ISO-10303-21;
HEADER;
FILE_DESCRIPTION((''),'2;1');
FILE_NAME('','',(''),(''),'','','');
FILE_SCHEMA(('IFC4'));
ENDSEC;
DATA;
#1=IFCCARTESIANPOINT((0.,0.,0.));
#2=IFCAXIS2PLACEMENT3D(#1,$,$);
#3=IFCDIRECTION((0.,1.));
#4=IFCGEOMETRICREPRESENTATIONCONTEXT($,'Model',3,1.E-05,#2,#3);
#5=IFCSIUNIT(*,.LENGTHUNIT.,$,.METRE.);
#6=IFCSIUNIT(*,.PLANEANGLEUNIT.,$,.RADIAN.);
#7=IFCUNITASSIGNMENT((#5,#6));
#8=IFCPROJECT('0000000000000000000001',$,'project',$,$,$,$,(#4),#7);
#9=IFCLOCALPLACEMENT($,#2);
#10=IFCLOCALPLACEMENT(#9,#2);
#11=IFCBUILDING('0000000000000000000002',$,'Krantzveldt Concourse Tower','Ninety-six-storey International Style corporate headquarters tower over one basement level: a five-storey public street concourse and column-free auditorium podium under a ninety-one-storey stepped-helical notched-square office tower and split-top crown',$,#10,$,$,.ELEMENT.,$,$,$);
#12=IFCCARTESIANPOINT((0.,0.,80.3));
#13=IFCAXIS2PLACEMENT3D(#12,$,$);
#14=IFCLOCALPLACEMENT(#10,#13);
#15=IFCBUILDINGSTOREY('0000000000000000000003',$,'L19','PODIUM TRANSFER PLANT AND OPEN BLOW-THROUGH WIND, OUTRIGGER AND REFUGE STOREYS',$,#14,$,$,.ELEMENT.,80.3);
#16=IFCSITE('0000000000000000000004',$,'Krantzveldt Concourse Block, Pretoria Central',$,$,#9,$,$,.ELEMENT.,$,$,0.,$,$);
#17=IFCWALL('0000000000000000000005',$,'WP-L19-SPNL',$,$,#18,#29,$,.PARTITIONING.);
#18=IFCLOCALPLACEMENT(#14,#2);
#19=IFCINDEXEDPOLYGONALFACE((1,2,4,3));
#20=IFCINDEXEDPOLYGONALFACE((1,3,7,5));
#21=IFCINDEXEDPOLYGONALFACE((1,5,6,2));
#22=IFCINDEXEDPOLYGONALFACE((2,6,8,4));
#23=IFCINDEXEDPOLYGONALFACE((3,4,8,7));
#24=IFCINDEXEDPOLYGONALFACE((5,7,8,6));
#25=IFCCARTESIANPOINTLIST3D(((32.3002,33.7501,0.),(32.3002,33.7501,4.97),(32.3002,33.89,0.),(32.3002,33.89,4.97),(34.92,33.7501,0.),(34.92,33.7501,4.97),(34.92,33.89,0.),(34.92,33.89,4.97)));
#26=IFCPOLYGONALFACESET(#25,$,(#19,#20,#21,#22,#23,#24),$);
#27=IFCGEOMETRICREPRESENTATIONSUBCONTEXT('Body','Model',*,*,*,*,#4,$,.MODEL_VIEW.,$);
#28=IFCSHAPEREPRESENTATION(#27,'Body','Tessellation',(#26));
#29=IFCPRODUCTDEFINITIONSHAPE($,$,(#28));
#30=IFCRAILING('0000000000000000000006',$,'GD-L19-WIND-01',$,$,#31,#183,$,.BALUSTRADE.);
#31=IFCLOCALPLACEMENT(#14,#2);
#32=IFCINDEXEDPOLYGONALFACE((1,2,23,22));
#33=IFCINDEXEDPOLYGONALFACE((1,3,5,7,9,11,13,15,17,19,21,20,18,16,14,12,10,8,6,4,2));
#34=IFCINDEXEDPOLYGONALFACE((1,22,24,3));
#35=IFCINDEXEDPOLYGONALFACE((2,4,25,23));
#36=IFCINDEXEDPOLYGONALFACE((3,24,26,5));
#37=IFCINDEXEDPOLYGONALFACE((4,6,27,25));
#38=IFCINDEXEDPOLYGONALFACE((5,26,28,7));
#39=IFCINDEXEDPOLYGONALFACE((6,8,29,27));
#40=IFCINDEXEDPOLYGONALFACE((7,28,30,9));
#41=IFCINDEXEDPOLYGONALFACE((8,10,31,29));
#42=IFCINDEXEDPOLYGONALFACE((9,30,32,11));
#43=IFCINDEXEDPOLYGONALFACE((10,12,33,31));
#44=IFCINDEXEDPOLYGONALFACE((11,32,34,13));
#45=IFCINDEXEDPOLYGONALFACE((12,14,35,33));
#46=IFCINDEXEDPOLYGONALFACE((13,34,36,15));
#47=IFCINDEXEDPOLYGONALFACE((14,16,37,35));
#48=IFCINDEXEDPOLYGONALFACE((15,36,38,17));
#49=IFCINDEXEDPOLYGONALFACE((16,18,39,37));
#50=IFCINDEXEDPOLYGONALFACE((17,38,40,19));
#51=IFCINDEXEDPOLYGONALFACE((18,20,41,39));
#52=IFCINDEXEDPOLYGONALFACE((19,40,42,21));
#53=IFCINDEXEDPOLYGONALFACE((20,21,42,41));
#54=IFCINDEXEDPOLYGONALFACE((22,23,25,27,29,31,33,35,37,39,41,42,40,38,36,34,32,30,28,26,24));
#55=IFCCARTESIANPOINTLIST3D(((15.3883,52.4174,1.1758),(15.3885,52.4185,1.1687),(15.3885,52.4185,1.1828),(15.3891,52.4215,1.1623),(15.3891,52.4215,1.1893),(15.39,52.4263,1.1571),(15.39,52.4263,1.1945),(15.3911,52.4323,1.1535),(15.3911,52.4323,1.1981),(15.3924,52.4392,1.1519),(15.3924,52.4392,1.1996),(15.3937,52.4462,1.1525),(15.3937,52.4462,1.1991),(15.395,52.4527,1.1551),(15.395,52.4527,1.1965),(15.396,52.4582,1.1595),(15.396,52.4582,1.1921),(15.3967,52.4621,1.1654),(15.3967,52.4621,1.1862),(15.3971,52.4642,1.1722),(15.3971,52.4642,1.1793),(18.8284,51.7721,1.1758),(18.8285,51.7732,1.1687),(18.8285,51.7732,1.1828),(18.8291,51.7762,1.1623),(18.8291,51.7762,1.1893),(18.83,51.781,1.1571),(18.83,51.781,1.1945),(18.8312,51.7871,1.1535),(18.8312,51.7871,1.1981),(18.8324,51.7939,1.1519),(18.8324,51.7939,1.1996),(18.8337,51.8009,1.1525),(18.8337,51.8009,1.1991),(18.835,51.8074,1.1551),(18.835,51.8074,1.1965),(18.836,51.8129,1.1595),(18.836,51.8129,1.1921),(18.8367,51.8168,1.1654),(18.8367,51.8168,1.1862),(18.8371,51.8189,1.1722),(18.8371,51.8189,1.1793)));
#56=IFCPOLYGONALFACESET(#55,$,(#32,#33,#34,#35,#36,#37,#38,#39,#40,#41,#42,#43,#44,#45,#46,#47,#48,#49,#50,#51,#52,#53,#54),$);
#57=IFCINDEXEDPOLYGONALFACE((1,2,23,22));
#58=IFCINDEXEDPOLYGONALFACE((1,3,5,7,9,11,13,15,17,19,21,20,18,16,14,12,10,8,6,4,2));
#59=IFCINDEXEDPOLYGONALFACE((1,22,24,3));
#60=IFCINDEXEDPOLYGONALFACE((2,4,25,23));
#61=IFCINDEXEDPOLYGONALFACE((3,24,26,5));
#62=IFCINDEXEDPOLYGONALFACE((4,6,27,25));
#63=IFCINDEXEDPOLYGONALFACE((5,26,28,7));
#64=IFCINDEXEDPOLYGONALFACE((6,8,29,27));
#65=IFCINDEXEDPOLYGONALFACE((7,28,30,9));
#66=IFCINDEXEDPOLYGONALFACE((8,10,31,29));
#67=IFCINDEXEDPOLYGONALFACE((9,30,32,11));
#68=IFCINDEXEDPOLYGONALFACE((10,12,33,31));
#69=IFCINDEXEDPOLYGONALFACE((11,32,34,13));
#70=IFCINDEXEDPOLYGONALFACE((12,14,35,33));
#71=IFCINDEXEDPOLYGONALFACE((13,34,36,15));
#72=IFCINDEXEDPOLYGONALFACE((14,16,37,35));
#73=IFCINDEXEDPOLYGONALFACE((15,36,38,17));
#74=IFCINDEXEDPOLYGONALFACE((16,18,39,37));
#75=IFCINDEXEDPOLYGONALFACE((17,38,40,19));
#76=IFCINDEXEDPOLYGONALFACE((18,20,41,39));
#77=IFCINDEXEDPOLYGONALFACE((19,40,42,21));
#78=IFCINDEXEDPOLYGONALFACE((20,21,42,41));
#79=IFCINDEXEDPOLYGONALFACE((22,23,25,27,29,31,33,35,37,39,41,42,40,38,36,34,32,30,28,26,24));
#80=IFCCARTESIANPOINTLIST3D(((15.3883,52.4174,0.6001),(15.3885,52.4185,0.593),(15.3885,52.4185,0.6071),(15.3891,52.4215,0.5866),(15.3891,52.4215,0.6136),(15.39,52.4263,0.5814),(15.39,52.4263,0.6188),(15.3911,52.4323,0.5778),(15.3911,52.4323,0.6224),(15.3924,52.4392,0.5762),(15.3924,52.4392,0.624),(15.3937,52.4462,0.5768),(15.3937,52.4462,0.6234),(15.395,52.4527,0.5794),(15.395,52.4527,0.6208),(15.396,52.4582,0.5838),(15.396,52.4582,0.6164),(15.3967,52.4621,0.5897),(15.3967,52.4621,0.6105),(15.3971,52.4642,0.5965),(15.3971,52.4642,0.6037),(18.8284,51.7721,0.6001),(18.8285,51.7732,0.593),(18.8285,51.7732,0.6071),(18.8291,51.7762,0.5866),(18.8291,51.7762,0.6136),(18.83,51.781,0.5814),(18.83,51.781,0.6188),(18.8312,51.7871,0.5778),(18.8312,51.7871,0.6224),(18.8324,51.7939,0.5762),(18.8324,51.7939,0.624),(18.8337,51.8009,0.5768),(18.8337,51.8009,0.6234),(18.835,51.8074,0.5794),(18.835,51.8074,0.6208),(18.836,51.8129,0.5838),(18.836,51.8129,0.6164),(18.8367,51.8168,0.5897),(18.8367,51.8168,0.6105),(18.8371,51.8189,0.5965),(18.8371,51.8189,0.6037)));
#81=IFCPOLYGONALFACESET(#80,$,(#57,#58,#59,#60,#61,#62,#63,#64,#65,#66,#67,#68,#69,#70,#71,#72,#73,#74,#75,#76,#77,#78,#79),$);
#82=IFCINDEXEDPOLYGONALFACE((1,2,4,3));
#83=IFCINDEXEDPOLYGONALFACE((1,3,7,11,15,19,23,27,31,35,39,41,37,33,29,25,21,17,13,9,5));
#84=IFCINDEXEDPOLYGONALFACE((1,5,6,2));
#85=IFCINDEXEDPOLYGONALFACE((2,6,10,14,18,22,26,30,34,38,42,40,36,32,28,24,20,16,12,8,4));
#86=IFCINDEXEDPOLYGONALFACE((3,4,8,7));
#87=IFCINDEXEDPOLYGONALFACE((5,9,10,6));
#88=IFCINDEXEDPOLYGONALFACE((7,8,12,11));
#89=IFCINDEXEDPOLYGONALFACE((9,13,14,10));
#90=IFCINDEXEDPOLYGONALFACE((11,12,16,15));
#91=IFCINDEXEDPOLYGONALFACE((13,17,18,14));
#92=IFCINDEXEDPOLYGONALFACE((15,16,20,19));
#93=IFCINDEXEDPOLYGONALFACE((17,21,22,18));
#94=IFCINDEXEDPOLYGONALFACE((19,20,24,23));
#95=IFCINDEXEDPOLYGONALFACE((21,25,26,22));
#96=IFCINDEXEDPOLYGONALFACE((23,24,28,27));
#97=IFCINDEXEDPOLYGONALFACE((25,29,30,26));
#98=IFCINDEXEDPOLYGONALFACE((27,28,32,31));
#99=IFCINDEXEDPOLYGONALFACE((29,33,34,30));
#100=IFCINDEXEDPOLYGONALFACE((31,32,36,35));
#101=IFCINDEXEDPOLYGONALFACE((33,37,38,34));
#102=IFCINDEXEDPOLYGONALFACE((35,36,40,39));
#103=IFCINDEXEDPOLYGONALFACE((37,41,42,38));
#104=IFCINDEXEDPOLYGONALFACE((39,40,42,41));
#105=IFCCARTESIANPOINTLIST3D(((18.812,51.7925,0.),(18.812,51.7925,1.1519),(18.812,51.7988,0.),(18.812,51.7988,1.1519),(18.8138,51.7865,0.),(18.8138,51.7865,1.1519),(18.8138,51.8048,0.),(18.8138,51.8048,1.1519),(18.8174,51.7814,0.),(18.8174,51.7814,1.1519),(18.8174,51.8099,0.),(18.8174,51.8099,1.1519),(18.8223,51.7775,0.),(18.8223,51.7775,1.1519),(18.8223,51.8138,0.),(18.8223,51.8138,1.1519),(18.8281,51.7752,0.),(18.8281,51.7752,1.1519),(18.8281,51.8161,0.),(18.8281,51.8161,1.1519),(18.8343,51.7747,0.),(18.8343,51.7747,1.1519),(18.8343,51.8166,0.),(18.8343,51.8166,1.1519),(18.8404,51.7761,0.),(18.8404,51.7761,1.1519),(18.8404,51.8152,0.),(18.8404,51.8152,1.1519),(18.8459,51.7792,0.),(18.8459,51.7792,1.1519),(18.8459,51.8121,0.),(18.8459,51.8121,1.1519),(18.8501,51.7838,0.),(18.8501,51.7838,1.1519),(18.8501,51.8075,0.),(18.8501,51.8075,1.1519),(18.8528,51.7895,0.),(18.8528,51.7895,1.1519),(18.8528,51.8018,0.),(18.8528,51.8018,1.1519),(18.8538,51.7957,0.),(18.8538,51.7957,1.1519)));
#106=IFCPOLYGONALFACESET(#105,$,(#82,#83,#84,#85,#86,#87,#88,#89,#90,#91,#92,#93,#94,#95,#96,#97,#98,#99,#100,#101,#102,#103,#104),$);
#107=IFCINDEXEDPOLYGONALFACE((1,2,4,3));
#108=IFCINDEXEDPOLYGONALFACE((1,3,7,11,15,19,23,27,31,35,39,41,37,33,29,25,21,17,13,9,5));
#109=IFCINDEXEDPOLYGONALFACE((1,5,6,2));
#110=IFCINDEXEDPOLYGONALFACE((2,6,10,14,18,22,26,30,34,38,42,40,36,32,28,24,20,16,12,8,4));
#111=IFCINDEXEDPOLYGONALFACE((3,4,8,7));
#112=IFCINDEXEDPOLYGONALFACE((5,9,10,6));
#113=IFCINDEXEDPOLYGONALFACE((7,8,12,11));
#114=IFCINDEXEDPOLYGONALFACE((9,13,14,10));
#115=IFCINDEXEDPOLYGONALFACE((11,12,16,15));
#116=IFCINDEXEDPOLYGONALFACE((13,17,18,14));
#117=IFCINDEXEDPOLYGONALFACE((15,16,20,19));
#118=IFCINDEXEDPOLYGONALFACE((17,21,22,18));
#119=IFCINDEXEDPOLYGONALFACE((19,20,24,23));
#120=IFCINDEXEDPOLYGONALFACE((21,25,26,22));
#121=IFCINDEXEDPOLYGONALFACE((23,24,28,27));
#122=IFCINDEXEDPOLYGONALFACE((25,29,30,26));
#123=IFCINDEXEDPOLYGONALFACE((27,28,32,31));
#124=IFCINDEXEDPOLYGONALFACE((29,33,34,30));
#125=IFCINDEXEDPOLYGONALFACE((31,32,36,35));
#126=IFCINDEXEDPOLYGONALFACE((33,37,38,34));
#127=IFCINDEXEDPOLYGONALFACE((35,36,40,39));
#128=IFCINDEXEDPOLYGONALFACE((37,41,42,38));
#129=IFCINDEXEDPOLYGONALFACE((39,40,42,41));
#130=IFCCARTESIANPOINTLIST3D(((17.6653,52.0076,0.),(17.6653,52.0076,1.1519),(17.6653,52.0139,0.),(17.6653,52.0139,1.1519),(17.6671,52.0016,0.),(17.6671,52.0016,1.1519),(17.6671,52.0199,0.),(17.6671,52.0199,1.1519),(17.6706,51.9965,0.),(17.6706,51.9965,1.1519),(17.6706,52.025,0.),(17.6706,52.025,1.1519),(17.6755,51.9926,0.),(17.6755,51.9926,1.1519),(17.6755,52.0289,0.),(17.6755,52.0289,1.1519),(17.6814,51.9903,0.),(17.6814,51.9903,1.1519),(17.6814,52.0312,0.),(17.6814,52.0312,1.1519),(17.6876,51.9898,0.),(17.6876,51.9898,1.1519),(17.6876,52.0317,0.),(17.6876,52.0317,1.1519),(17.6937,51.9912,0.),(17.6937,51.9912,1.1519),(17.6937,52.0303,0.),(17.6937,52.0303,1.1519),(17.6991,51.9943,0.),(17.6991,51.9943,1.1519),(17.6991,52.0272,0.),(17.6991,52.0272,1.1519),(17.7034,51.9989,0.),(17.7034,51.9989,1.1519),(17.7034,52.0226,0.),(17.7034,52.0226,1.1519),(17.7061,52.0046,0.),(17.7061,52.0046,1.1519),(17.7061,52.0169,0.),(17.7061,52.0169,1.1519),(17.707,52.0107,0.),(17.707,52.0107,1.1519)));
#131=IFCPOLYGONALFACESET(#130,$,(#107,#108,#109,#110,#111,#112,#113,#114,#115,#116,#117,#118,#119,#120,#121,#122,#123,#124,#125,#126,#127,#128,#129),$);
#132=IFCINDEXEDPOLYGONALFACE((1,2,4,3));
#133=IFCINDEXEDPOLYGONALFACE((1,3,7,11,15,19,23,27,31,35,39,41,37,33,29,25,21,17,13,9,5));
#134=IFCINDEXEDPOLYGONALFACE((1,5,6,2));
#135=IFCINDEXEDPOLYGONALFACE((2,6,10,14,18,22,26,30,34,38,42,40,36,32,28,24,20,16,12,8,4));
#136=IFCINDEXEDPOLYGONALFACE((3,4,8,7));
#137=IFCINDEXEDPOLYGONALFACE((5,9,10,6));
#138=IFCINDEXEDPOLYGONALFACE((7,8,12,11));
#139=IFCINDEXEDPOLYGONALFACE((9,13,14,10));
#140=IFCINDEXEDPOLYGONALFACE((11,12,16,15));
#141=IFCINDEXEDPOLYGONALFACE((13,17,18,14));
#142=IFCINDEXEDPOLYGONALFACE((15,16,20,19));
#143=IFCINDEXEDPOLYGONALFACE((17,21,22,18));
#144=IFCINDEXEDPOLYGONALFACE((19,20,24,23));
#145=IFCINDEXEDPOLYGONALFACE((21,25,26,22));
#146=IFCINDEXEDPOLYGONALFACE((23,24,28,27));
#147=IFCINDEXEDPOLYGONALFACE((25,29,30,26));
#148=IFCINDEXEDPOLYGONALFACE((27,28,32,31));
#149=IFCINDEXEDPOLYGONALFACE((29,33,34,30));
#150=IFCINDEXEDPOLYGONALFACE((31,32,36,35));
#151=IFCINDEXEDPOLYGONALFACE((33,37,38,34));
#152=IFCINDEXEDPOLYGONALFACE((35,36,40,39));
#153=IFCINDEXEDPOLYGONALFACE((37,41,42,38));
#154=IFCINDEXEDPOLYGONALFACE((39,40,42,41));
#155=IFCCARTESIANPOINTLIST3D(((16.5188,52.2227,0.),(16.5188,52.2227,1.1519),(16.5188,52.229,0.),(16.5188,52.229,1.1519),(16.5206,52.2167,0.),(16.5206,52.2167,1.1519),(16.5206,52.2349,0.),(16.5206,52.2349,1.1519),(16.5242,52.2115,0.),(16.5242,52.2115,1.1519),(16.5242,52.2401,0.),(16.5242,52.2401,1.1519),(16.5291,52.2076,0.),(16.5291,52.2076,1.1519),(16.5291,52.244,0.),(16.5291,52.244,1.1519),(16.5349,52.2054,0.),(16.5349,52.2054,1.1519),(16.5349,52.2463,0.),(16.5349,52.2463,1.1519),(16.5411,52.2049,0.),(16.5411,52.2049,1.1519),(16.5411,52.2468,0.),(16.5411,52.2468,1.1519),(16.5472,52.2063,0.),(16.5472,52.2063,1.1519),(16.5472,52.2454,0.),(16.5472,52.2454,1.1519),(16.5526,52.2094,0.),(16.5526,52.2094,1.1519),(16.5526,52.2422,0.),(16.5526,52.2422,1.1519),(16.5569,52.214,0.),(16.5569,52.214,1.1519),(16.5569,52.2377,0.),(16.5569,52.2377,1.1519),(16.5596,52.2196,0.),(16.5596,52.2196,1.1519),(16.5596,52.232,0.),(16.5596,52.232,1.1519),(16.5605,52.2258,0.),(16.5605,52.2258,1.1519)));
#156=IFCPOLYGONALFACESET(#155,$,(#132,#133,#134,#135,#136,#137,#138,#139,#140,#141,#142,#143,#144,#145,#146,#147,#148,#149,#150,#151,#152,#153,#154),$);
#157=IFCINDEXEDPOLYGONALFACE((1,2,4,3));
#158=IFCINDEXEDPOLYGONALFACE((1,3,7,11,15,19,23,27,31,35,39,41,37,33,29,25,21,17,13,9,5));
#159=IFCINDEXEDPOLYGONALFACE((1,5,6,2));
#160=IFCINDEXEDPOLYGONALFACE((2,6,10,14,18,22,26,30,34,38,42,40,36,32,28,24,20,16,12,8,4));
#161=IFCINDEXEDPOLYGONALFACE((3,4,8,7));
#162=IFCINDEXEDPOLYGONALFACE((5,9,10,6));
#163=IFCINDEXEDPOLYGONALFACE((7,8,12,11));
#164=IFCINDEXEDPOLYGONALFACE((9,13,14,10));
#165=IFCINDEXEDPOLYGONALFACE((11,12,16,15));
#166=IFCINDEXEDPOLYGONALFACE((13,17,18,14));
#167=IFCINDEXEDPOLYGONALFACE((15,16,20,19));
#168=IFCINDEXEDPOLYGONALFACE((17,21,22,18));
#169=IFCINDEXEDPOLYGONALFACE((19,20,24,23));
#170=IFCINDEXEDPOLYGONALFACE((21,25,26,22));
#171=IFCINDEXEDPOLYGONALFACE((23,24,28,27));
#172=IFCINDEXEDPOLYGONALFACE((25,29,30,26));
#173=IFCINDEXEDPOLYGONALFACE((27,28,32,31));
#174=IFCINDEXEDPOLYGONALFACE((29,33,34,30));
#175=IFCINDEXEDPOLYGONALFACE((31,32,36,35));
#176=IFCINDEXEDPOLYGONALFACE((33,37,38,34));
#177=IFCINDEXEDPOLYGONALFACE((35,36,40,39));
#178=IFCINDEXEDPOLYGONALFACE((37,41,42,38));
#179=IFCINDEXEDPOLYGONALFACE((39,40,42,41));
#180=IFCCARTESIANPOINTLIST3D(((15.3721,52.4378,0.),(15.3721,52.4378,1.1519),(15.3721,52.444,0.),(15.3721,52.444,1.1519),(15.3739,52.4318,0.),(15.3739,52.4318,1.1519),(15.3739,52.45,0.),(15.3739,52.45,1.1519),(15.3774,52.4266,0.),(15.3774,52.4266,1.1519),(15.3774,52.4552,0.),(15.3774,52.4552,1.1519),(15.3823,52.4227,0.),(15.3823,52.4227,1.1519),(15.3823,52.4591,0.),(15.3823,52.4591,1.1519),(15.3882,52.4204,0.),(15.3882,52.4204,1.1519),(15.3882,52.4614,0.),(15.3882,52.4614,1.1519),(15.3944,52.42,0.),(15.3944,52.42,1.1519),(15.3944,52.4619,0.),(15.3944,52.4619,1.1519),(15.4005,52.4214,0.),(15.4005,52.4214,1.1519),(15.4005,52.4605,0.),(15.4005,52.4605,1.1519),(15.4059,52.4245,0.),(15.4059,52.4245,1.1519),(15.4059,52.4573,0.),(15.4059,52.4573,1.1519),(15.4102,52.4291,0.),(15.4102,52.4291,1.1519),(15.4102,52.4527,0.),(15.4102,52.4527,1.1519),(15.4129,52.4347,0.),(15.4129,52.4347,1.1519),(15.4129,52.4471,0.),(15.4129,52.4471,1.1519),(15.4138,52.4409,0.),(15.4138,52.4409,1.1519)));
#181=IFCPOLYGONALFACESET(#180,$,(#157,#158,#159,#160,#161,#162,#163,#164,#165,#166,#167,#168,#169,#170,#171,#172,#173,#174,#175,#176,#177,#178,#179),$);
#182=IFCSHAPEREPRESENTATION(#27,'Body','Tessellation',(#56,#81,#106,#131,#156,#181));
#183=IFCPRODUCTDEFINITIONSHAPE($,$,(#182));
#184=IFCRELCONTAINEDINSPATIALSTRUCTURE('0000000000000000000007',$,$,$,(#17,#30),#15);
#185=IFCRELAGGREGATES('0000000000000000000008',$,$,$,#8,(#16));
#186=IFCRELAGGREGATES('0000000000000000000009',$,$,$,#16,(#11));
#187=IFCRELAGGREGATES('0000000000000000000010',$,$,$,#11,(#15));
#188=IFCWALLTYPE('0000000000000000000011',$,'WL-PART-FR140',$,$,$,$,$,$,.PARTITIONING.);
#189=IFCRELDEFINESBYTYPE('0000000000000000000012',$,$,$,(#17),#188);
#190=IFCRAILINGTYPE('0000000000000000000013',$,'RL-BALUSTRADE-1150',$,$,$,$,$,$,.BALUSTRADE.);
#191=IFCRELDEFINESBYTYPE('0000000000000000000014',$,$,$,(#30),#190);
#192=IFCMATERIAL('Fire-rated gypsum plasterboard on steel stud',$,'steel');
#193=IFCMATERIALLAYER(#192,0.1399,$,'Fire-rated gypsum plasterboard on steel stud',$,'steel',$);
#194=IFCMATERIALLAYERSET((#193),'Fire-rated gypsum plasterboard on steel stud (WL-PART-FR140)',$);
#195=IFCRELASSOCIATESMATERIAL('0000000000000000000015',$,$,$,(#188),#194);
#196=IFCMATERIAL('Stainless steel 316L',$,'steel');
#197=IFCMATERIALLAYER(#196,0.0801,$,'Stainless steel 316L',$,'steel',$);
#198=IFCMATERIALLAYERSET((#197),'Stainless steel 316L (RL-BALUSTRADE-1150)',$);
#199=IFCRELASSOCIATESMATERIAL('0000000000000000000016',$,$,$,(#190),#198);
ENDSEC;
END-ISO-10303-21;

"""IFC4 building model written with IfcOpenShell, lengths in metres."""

from ifc_helpers import new_model, si_unit, direction, frame, frame_2d, origin, origin_2d, place, context, subcontext, project, spatial, rectangle, circle, extrude, material, layer, layer_set, type_object, element, save


model = new_model("IFC4")

# Units and contexts
model_context = context("Model", 3, precision=1e-05, world=origin(), true_north=direction((0.0, 1.0)))
body_context = subcontext(model_context, "Body", "Model", "MODEL_VIEW")
ifc_project = project(units=[si_unit("LENGTHUNIT", "METRE"), si_unit("PLANEANGLEUNIT", "RADIAN")], contexts=[model_context])

# Site, building, storey
site_placement = place(None, origin())
site = spatial("IfcSite", under=ifc_project, at=site_placement, Name="Krantzveldt Concourse Block, Pretoria Central", CompositionType="ELEMENT", RefElevation=0.0)
building_placement = place(site_placement, origin())
building = spatial("IfcBuilding", under=site, at=building_placement, Name="Krantzveldt Concourse Tower", Description="Ninety-six-storey International Style corporate headquarters tower over one basement level: a five-storey public street concourse and column-free auditorium podium under a ninety-one-storey stepped-helical notched-square office tower and split-top crown", CompositionType="ELEMENT")
storey_placement = place(building_placement, frame((0.0, 0.0, 80.3)))
storey = spatial("IfcBuildingStorey", under=building, at=storey_placement, Name="L19", Description="PODIUM TRANSFER PLANT AND OPEN BLOW-THROUGH WIND, OUTRIGGER AND REFUGE STOREYS", CompositionType="ELEMENT", Elevation=80.3)

# Wall
ifc_material_1 = material(Name="Fire-rated gypsum plasterboard on steel stud", Category="steel")
ifc_layer_1 = layer(ifc_material_1, 0.1399, Name="Fire-rated gypsum plasterboard on steel stud", Category="steel")
ifc_layer_set_1 = layer_set([ifc_layer_1], Name="Fire-rated gypsum plasterboard on steel stud (WL-PART-FR140)")
wall_type_1 = type_object("IfcWallType", Name="WL-PART-FR140", PredefinedType="PARTITIONING", material=ifc_layer_set_1)
wall_1_placement = place(storey_placement, frame((32.3, 33.8201, 0.0), z_axis=(0.0, 0.0, 1.0), x_axis=(1.0, 0.0, 0.0)))
element("IfcWall", 1, at=wall_1_placement, inside=storey, type_object=wall_type_1, Name="WP-L19-SPNL", PredefinedType="PARTITIONING", context=body_context, shape_type="SweptSolid", body=[
    extrude(rectangle(XDim=2.6199, YDim=0.1399, at=frame_2d((1.3101, 0.0))), origin(), (0.0, 0.0, 1.0), 4.97),
])

# Railing
ifc_material_2 = material(Name="Stainless steel 316L", Category="steel")
ifc_layer_2 = layer(ifc_material_2, 0.0801, Name="Stainless steel 316L", Category="steel")
ifc_layer_set_2 = layer_set([ifc_layer_2], Name="Stainless steel 316L (RL-BALUSTRADE-1150)")
railing_type = type_object("IfcRailingType", Name="RL-BALUSTRADE-1150", PredefinedType="BALUSTRADE", material=ifc_layer_set_2)
railing_1_placement = place(storey_placement, frame((18.8328, 51.7957, 0.0)))
element("IfcRailing", 2, at=railing_1_placement, inside=storey, type_object=railing_type, Name="GD-L19-WIND-01", PredefinedType="BALUSTRADE", context=body_context, shape_type="SweptSolid", body=[
    extrude(circle(Radius=0.0239, at=origin_2d()), frame((0.0, 0.0, 1.1758), z_axis=(-0.982858, 0.184364, 0.0), x_axis=(-0.184364, -0.982858, 0.0)), (0.0, 0.0, 1.0), 3.5),
    extrude(circle(Radius=0.0239, at=origin_2d()), frame((0.0, 0.0, 0.6001), z_axis=(-0.982858, 0.184364, 0.0), x_axis=(-0.184364, -0.982858, 0.0)), (0.0, 0.0, 1.0), 3.5),
    extrude(circle(Radius=0.021, at=origin_2d()), origin(), (0.0, 0.0, 1.0), 1.1519),
    extrude(circle(Radius=0.021, at=origin_2d()), frame((-1.1467, 0.2151, 0.0)), (0.0, 0.0, 1.0), 1.1519),
    extrude(circle(Radius=0.021, at=origin_2d()), frame((-2.2932, 0.4302, 0.0)), (0.0, 0.0, 1.0), 1.1519),
    extrude(circle(Radius=0.021, at=origin_2d()), frame((-3.4399, 0.6453, 0.0)), (0.0, 0.0, 1.0), 1.1519),
])

save(model, "model.ifc")
